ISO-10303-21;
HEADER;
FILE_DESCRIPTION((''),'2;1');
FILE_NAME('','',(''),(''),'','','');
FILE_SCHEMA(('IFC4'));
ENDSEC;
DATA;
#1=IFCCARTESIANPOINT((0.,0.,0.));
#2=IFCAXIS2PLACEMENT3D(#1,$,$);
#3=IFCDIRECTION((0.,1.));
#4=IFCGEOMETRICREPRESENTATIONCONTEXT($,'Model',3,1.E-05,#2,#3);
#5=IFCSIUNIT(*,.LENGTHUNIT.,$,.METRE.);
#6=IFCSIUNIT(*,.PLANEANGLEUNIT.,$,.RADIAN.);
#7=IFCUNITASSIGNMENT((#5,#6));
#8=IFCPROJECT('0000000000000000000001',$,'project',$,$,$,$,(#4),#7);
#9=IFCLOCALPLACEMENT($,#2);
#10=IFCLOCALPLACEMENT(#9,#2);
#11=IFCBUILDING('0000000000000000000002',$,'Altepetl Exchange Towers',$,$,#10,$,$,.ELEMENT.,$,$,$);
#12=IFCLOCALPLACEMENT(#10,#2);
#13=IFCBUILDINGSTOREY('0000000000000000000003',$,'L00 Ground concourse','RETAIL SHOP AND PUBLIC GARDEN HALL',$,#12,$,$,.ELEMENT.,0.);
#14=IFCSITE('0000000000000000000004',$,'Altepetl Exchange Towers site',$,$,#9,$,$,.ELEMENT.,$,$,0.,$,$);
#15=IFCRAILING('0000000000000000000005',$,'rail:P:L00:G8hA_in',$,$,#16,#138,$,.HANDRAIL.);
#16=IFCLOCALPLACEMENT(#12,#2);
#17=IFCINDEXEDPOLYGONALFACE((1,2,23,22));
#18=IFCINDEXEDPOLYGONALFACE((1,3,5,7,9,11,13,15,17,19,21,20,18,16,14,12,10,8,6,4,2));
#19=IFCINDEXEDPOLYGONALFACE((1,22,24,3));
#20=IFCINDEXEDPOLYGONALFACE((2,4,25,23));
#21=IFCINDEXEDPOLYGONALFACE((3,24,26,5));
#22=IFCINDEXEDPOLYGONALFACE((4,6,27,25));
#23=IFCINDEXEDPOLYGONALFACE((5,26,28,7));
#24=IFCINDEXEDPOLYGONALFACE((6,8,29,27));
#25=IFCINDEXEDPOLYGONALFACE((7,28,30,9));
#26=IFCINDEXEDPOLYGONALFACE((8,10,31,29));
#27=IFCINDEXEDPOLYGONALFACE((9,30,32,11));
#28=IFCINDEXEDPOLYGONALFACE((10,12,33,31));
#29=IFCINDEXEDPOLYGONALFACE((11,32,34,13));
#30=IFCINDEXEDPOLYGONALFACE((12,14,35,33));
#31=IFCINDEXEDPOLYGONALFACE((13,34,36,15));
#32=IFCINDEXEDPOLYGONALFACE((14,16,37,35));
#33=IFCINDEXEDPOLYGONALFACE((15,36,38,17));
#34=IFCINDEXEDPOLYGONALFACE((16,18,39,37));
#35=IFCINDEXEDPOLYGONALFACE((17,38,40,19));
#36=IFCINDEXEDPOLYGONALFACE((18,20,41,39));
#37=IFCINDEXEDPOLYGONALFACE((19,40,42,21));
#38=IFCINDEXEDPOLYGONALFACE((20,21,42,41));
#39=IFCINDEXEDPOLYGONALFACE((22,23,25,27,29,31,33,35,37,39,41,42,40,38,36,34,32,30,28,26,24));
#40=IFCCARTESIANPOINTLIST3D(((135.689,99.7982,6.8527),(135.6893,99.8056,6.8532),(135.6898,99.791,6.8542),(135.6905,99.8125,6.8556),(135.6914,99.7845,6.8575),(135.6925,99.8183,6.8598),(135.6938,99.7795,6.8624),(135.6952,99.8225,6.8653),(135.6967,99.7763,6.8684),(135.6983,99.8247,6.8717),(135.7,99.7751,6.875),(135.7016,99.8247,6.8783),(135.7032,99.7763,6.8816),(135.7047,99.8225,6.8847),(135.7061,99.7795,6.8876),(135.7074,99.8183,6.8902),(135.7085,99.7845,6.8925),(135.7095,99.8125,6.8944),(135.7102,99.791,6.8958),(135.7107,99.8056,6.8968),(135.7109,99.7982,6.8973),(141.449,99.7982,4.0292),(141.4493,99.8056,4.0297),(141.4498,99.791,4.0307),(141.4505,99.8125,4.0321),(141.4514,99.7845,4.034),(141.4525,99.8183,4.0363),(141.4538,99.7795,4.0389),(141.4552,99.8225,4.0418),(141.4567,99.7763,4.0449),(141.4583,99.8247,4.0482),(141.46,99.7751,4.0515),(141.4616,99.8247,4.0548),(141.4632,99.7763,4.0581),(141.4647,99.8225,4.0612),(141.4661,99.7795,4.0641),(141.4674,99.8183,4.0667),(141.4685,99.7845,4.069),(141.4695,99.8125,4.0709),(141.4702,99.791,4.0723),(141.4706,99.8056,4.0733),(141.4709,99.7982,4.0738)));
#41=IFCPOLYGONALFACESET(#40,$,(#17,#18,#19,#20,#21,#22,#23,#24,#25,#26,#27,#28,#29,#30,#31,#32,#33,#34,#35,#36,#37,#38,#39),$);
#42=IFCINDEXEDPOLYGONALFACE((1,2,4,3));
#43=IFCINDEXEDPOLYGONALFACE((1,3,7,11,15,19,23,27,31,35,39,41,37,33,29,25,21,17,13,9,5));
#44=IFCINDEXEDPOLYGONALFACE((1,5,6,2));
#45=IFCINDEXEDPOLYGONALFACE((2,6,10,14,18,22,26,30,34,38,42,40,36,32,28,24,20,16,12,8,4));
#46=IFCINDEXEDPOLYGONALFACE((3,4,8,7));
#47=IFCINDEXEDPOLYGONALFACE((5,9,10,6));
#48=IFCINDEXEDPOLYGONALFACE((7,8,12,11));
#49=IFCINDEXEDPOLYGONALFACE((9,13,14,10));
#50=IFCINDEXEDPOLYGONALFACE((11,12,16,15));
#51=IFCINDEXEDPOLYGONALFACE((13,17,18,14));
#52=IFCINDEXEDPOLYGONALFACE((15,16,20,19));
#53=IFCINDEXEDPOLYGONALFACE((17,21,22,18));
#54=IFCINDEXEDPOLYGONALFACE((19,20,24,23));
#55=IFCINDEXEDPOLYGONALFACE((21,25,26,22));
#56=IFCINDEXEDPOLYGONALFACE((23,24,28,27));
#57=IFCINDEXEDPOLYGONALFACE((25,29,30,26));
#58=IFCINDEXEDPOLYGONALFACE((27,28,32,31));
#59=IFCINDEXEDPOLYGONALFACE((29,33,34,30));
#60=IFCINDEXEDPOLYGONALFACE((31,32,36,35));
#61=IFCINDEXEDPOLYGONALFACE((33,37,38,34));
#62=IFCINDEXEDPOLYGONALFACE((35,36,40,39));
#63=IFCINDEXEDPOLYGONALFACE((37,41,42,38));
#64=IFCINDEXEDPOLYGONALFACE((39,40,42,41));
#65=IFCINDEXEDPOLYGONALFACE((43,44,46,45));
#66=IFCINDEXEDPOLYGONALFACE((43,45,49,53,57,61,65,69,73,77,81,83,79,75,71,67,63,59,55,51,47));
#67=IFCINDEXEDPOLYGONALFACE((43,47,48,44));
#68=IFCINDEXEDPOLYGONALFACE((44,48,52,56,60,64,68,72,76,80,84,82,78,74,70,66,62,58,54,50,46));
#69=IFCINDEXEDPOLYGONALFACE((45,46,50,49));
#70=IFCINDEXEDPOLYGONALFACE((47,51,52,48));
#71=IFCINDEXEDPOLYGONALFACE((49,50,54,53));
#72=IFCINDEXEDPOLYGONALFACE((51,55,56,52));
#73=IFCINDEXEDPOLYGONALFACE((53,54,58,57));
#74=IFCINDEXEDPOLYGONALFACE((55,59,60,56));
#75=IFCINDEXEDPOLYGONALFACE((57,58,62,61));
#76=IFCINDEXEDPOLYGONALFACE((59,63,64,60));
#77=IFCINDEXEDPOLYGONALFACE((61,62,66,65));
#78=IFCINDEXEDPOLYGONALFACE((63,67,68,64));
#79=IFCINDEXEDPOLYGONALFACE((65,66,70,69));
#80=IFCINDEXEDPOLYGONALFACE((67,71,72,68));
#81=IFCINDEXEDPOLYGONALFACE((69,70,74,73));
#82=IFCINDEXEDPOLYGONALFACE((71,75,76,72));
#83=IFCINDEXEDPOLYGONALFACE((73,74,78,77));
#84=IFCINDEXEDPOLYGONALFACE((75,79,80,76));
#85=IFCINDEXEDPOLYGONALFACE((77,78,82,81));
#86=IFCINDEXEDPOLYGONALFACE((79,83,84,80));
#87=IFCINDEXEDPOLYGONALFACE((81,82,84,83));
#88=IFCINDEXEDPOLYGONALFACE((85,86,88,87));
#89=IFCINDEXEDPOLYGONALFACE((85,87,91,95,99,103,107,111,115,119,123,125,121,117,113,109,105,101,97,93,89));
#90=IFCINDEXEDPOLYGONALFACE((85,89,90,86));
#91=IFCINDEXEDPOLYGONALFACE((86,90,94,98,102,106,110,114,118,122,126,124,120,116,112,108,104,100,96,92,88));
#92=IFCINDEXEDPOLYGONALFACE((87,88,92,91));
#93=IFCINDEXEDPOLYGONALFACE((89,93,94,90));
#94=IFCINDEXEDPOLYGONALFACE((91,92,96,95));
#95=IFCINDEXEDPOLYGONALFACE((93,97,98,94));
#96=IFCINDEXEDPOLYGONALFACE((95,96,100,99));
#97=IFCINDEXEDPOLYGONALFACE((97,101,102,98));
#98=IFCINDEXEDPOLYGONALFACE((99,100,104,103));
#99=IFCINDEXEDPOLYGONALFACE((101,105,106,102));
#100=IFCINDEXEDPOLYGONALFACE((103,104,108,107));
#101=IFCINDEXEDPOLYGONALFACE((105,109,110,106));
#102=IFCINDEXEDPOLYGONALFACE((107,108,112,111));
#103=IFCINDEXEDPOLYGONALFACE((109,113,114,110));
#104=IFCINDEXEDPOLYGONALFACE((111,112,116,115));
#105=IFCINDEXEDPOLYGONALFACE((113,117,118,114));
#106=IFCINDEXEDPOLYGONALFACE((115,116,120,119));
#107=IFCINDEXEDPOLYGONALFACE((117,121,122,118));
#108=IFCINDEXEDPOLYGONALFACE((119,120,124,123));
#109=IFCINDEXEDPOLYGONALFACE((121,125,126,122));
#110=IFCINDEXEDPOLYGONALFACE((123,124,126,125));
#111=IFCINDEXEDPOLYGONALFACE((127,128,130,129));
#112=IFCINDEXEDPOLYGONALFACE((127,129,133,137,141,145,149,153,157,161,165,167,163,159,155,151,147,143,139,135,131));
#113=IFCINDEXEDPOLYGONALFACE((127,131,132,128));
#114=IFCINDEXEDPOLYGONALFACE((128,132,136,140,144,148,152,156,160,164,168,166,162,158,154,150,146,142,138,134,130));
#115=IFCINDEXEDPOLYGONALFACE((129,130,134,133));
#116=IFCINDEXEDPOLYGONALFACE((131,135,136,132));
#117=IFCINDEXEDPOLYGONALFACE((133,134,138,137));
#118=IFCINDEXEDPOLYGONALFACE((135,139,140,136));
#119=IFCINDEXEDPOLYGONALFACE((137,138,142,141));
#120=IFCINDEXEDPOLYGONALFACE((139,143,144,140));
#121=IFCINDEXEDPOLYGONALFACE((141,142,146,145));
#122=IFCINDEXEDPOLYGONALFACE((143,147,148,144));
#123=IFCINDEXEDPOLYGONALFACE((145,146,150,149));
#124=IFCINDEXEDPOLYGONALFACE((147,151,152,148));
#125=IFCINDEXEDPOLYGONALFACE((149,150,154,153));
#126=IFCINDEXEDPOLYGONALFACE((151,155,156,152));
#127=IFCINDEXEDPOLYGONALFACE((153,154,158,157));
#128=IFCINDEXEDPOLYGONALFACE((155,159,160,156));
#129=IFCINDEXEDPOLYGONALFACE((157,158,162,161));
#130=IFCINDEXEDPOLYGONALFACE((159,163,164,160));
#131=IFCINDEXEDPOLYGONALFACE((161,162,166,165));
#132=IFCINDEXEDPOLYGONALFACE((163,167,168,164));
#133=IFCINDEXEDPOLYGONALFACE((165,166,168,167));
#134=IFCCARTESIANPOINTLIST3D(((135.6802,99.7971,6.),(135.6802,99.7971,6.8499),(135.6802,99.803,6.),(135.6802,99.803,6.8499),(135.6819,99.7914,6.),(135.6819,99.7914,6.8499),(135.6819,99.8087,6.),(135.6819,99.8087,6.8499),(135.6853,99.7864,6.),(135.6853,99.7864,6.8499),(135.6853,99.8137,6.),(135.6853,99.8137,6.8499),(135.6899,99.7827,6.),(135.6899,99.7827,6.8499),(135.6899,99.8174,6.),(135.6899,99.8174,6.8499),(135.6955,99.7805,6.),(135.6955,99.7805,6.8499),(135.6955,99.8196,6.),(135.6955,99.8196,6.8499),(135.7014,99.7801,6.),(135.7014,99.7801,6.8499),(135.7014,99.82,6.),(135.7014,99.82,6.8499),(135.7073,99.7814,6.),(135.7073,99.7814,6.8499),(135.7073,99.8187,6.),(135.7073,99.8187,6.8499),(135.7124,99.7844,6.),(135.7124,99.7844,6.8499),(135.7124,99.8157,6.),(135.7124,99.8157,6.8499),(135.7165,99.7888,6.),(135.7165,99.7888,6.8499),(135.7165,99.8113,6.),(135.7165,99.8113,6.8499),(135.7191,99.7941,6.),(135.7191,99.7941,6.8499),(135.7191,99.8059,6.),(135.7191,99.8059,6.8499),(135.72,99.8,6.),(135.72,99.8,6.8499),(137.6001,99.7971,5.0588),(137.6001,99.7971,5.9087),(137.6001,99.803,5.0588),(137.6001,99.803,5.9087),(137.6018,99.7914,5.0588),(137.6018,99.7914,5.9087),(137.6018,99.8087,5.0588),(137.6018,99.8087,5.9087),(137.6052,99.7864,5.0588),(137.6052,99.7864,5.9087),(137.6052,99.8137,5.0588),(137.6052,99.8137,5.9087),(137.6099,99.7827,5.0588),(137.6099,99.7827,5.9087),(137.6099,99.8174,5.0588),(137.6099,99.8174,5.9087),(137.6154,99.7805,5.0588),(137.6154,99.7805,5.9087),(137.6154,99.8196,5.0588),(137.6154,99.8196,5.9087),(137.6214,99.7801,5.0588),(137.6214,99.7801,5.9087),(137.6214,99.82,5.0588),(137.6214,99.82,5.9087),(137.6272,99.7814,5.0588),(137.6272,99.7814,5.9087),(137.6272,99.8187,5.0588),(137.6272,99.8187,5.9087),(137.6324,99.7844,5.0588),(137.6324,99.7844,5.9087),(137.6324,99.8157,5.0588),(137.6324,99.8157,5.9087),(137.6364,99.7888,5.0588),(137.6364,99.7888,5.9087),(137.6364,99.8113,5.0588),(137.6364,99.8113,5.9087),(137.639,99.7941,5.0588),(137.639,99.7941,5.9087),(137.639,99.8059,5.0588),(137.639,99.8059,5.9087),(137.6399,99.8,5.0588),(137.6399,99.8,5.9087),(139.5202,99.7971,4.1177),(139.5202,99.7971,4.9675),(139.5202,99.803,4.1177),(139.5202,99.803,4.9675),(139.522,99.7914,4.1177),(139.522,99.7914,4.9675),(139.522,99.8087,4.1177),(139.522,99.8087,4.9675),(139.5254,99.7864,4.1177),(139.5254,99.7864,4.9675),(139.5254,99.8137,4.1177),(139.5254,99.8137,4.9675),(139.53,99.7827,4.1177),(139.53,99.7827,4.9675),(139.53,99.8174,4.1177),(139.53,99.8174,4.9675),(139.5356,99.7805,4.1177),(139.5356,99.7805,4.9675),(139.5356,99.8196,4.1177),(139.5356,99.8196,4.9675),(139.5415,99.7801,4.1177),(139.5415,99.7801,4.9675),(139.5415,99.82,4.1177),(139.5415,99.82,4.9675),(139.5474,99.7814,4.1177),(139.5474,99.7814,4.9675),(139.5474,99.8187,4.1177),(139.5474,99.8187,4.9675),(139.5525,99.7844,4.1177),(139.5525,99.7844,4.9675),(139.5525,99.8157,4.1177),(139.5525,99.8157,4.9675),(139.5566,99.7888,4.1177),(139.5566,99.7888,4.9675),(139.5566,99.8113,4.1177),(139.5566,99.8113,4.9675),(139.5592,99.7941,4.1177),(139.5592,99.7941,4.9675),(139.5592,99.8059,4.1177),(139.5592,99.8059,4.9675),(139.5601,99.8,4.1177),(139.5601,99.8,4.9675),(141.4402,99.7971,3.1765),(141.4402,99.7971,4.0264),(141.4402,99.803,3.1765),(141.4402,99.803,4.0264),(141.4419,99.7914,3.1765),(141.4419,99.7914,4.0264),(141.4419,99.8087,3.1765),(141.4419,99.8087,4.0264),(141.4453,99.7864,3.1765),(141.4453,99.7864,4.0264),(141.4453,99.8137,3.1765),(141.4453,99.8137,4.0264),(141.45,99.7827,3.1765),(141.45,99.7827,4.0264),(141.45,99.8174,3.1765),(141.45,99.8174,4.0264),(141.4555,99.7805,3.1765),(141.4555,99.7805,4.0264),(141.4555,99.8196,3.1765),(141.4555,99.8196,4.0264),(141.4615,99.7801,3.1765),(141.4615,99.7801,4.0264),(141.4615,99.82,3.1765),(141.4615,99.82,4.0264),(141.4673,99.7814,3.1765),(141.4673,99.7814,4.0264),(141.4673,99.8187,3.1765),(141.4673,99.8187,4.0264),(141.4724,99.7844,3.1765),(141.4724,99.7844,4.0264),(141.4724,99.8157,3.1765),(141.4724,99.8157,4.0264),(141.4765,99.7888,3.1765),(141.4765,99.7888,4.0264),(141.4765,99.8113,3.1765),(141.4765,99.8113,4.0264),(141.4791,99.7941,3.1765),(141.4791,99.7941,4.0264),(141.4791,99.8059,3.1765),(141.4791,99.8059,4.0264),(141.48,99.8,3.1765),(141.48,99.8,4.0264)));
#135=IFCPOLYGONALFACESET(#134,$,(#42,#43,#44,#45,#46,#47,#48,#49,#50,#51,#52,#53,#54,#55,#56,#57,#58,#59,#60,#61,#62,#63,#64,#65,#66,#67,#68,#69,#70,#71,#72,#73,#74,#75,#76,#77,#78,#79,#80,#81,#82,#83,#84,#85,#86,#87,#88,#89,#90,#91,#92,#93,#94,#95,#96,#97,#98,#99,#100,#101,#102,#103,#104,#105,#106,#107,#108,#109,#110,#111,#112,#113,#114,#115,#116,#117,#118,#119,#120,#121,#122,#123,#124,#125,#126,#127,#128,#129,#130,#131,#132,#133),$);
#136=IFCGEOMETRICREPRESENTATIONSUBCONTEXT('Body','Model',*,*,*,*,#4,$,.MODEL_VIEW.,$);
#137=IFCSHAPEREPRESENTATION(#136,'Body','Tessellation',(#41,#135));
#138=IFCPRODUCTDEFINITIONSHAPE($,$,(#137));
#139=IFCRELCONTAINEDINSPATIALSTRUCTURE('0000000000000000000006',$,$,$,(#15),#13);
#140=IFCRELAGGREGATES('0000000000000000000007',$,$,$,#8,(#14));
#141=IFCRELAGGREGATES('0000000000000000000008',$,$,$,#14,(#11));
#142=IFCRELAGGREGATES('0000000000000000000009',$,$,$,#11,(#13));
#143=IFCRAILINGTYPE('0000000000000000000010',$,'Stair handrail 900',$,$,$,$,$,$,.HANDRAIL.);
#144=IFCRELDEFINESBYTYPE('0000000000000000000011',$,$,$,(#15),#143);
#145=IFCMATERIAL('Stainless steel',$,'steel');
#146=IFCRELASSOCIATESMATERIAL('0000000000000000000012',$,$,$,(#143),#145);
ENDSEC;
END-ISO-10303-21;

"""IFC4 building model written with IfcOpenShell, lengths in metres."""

from ifc_helpers import new_model, si_unit, direction, frame, origin, origin_2d, place, context, subcontext, project, spatial, circle, extrude, source, transform, mapped, material, type_object, element, save


model = new_model("IFC4")

# Units and contexts
model_context = context("Model", 3, precision=1e-05, world=origin(), true_north=direction((0.0, 1.0)))
body_context = subcontext(model_context, "Body", "Model", "MODEL_VIEW")
ifc_project = project(units=[si_unit("LENGTHUNIT", "METRE"), si_unit("PLANEANGLEUNIT", "RADIAN")], contexts=[model_context])

# Site, building, storey
site_placement = place(None, origin())
site = spatial("IfcSite", under=ifc_project, at=site_placement, Name="Altepetl Exchange Towers site", CompositionType="ELEMENT", RefElevation=0.0)
building_placement = place(site_placement, origin())
building = spatial("IfcBuilding", under=site, at=building_placement, Name="Altepetl Exchange Towers", CompositionType="ELEMENT")
storey_placement = place(building_placement, origin())
storey = spatial("IfcBuildingStorey", under=building, at=storey_placement, Name="L00 Ground concourse", Description="RETAIL SHOP AND PUBLIC GARDEN HALL", CompositionType="ELEMENT", Elevation=0.0)

# Railing
ifc_material_1 = material(Name="Stainless steel", Category="steel")
railing_type_1 = type_object("IfcRailingType", Name="Stair handrail 900", PredefinedType="HANDRAIL", material=ifc_material_1)
shared_shape_1 = source(origin(), body_context, "Body", "SweptSolid", [
    extrude(circle(Radius=0.02, at=origin_2d()), origin(), (0.0, 0.0, 1.0), 0.8499),
])
for number, where, name in (
    (1, (141.46, 99.8, 3.1765), "rail:P:L00:G8hA_in"),
):
    element("IfcRailing", number, at=place(storey_placement, frame(where)), inside=storey, type_object=railing_type_1, Name=name, PredefinedType="HANDRAIL", context=body_context, shape_type="SweptSolid", body=[
        extrude(circle(Radius=0.0249, at=origin_2d()), frame((0.0, 0.0, 0.875), z_axis=(-0.897924, 0.0, 0.440151), x_axis=(0.0, -1.0, 0.0)), (0.0, 0.0, 1.0), 6.4148),
        mapped(shared_shape_1, transform((0.0, 0.0, 0.0))),
        mapped(shared_shape_1, transform((-1.9199, 0.0, 0.9412))),
        mapped(shared_shape_1, transform((-3.8401, 0.0, 1.8823))),
        mapped(shared_shape_1, transform((-5.76, 0.0, 2.8235))),
    ])

save(model, "model.ifc")
